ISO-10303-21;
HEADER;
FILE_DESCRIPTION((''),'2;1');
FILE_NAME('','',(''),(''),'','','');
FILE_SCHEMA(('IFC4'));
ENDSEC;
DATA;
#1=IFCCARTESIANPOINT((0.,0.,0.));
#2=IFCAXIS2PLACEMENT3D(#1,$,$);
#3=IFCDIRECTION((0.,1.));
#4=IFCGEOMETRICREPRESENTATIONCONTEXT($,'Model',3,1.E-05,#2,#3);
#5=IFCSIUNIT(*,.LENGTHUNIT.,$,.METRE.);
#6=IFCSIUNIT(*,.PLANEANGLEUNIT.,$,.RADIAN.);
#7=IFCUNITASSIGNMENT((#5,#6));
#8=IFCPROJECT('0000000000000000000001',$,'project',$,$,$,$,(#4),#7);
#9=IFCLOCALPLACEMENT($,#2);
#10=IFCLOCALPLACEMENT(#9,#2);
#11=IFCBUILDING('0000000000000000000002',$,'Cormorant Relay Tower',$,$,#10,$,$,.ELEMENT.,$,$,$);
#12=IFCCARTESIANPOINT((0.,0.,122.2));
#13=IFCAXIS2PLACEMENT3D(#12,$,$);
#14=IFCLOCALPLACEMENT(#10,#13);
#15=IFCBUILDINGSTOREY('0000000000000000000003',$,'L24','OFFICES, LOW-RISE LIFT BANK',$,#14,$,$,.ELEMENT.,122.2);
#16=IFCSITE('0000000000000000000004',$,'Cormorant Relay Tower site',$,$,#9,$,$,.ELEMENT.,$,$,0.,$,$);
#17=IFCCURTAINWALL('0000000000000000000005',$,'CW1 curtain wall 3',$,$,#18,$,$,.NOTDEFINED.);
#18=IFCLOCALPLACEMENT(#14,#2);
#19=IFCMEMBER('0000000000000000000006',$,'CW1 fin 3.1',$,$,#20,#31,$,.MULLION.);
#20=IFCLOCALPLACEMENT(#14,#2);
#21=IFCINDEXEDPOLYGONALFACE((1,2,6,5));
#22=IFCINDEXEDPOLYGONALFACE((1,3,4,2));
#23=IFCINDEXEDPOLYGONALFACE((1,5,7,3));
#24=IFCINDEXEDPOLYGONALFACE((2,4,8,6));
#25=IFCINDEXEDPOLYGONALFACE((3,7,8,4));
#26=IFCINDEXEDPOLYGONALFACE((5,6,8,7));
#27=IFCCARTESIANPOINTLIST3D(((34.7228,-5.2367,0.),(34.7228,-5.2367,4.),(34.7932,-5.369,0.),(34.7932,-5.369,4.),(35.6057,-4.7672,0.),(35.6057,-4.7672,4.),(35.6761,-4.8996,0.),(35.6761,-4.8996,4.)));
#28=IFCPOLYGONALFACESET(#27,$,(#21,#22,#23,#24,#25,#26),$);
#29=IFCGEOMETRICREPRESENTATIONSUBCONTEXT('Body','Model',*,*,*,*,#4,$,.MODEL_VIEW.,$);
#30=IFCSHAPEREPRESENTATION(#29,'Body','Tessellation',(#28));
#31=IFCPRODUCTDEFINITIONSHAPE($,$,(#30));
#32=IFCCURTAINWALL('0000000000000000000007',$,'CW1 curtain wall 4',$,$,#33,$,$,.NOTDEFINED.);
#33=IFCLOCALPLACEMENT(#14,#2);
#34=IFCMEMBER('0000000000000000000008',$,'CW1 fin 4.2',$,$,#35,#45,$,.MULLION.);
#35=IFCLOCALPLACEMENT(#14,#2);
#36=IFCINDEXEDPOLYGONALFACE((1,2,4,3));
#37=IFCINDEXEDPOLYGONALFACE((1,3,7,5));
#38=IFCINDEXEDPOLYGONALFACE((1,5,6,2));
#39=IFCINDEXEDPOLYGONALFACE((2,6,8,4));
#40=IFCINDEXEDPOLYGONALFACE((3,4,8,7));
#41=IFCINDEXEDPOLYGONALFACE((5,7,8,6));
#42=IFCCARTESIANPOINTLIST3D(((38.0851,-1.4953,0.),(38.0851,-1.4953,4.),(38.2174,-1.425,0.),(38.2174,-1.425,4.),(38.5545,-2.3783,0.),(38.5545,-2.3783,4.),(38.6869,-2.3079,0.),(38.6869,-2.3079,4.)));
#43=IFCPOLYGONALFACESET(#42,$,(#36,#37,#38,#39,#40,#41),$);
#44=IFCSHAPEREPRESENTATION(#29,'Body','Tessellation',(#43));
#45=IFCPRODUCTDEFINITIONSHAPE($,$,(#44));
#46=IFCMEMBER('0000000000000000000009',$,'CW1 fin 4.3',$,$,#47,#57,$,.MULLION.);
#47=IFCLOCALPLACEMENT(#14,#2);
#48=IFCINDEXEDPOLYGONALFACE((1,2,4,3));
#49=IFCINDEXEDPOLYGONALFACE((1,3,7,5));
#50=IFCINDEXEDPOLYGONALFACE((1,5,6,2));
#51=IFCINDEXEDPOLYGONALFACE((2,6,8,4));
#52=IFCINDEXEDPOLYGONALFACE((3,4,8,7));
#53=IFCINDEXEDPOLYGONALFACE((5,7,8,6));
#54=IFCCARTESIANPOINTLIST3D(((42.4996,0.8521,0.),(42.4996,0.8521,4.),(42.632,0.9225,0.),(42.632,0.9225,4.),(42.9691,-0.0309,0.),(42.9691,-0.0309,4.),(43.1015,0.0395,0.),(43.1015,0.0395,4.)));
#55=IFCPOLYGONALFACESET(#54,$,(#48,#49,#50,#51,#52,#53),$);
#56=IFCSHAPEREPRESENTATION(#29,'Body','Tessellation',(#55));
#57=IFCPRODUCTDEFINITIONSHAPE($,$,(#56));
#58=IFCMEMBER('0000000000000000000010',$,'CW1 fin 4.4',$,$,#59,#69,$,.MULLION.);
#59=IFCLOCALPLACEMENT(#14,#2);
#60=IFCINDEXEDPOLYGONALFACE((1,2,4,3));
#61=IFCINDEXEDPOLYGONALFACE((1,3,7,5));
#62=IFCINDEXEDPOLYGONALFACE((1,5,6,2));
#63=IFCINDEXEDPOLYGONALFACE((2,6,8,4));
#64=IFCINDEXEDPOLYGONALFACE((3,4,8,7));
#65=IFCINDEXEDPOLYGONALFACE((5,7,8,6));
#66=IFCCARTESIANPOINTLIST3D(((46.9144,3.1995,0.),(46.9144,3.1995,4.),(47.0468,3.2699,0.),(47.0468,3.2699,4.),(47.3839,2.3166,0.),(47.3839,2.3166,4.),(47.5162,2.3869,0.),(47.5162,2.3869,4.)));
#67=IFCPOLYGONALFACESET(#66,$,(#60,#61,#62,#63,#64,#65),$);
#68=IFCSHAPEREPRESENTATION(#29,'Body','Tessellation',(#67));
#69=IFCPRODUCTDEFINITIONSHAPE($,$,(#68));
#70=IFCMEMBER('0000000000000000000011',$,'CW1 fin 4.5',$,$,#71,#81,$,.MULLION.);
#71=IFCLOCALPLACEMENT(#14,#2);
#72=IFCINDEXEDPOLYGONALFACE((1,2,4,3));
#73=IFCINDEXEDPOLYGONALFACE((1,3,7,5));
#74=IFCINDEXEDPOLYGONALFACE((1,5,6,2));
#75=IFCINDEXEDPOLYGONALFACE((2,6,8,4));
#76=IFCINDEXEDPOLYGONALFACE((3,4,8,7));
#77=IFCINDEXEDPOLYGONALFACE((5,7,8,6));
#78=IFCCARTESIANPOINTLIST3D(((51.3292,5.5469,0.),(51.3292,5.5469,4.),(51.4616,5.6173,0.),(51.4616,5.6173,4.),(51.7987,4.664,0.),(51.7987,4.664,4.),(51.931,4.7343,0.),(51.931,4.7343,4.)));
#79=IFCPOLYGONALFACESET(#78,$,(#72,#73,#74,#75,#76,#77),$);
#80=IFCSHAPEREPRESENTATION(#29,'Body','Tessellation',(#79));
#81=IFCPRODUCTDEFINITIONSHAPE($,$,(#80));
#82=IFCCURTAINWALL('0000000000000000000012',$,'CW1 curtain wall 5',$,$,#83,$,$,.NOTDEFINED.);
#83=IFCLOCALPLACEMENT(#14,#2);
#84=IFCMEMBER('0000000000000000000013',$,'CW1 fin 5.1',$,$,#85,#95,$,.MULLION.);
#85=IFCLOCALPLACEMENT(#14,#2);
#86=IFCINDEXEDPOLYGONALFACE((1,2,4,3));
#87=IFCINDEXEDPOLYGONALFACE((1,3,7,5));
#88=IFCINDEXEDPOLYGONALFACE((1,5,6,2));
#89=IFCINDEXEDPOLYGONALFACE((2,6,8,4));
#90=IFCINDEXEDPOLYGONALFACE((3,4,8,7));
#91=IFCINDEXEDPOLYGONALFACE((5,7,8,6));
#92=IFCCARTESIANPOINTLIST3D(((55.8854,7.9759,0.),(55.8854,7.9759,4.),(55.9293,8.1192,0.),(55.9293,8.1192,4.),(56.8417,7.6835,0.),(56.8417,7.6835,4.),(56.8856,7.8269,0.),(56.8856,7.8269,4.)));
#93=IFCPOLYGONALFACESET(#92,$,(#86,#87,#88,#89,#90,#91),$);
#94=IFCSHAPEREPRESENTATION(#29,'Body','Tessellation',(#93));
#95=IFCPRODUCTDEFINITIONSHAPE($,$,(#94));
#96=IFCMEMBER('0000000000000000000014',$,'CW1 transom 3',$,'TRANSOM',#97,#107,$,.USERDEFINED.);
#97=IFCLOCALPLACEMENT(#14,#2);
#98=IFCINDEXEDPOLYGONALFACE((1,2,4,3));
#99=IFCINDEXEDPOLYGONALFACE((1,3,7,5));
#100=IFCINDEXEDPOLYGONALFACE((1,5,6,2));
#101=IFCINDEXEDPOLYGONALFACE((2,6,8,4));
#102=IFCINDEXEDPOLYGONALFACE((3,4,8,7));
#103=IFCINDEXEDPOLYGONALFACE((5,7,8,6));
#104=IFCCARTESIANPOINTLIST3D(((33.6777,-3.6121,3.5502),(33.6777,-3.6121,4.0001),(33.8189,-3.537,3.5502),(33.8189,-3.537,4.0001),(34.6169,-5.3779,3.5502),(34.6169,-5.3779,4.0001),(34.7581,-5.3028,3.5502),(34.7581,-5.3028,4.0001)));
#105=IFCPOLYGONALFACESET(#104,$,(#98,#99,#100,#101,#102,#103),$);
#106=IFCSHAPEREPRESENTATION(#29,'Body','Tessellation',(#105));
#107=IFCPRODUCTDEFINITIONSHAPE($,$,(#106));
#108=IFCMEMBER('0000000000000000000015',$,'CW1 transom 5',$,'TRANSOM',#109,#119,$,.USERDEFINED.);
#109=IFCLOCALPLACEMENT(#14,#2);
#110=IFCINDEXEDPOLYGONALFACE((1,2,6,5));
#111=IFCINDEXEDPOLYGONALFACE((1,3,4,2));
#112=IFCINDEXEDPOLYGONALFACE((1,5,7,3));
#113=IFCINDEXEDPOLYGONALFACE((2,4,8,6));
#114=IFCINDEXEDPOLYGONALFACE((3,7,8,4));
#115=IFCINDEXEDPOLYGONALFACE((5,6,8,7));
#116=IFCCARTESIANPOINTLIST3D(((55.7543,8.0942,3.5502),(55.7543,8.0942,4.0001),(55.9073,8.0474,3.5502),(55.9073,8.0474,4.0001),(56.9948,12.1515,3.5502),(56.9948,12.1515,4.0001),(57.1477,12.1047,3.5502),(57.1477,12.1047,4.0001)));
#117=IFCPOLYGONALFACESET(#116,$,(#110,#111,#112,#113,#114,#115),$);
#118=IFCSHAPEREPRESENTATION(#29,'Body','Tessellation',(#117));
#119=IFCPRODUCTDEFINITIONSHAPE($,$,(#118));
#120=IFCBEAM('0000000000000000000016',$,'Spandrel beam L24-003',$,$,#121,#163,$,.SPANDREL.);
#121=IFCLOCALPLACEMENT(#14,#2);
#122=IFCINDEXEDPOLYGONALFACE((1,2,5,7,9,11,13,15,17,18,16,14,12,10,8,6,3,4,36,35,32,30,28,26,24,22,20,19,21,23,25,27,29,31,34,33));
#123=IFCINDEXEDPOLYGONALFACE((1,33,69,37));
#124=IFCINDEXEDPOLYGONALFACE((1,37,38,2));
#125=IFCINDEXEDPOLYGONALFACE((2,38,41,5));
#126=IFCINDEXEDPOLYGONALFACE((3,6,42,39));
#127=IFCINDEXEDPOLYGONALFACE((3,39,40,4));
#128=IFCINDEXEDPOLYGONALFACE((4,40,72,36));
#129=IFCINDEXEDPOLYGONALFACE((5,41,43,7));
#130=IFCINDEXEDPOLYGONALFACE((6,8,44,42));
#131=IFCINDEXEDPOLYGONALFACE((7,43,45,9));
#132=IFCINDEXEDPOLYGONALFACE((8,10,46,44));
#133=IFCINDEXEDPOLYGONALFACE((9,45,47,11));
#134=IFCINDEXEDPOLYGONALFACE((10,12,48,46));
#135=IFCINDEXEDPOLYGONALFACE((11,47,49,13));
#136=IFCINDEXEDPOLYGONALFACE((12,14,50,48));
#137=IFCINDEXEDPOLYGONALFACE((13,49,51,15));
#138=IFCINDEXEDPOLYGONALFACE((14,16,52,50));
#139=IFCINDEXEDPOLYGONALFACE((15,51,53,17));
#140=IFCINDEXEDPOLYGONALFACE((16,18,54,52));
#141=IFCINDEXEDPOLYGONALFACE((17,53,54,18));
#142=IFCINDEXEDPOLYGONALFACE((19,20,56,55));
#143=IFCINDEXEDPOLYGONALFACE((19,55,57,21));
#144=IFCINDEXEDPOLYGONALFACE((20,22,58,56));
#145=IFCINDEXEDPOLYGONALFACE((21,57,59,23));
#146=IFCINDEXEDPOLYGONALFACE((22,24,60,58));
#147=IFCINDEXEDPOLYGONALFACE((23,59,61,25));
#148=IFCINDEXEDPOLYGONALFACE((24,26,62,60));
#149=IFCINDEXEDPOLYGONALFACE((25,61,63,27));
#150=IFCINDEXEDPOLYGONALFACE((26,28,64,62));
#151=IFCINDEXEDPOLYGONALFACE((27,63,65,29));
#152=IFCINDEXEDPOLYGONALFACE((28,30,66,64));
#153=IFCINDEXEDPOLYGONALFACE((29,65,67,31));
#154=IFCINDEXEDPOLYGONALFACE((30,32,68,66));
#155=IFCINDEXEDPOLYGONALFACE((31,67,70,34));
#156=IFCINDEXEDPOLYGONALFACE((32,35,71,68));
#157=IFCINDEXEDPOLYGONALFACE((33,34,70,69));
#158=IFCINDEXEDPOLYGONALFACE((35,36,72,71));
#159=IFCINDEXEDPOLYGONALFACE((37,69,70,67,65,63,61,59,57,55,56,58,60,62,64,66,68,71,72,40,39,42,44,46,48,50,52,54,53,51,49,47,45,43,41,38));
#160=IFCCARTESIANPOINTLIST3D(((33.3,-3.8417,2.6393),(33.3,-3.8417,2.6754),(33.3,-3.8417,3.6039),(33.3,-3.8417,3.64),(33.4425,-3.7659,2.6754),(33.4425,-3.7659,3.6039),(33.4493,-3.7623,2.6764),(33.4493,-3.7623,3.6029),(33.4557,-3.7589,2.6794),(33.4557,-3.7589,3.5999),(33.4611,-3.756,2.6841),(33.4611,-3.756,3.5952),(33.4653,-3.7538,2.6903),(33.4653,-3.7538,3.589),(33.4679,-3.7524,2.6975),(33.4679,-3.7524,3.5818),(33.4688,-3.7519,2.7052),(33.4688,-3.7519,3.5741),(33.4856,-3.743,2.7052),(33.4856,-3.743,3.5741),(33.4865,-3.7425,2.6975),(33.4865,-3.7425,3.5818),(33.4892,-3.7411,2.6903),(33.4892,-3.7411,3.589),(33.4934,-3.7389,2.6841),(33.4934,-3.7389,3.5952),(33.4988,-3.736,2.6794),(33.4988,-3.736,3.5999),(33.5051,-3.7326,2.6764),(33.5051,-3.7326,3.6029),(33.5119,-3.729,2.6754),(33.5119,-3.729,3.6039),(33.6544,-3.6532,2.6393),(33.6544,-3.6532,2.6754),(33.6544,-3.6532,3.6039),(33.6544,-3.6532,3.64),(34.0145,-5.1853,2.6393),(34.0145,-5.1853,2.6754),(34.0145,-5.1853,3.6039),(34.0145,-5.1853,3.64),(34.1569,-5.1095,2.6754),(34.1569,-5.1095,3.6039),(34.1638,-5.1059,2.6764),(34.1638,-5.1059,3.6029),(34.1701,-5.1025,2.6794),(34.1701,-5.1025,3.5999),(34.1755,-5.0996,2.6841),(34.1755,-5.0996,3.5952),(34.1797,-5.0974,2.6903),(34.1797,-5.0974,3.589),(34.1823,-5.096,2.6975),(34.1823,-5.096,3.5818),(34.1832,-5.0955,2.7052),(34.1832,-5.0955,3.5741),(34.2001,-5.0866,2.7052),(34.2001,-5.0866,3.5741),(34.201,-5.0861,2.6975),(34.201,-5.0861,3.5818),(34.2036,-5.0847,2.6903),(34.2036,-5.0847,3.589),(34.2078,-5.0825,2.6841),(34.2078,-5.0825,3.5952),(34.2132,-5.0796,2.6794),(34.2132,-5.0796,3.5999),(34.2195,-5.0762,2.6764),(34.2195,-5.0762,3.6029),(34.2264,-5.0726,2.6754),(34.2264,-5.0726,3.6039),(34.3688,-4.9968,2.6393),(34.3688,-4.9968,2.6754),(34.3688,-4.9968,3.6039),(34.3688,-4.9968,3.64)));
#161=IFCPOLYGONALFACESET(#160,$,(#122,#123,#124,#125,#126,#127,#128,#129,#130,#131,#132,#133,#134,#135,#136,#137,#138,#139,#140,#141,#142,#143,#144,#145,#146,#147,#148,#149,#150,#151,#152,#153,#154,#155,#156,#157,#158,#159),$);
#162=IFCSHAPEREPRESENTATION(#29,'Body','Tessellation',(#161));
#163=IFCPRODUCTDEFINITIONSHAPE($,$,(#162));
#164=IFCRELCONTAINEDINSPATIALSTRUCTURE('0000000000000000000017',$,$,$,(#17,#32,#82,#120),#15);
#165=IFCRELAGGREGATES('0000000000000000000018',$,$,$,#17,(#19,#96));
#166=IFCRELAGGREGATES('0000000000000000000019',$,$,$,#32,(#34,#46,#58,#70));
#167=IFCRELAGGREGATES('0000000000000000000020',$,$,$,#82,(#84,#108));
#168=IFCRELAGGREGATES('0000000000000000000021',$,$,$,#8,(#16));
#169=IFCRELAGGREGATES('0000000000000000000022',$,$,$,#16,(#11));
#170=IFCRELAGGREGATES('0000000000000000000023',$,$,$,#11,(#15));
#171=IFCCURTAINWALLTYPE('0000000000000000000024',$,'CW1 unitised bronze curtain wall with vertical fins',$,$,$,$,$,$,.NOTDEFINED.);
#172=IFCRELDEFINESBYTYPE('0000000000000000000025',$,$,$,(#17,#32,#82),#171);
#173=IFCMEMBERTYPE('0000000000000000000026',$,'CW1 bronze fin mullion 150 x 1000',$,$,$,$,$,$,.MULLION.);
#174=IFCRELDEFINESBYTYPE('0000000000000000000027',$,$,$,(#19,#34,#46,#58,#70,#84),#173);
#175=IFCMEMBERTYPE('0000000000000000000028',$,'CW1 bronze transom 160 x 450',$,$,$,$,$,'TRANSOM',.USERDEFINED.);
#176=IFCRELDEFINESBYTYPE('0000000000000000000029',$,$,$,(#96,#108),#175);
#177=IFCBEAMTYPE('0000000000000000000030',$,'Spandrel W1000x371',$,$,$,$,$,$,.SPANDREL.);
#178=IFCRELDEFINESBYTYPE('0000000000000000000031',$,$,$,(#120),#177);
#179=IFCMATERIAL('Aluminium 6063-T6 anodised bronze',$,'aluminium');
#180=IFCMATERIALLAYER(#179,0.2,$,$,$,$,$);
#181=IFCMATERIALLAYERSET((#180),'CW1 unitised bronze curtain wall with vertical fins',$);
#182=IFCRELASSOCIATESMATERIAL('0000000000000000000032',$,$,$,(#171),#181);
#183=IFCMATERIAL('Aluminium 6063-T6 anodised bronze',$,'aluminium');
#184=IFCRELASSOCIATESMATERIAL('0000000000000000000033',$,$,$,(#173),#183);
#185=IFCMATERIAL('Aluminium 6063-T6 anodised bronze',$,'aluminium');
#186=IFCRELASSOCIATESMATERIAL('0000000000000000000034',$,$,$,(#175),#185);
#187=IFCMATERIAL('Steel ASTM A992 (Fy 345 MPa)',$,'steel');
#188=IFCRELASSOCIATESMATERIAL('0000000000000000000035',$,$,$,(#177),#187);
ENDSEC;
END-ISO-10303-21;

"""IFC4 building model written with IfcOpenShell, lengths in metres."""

from ifc_helpers import new_model, si_unit, direction, frame, origin, origin_2d, place, context, subcontext, project, spatial, rectangle, i_section, extrude, material, layer, layer_set, material_profile, profile_set, type_object, element, aggregate, save


model = new_model("IFC4")

# Units and contexts
model_context = context("Model", 3, precision=1e-05, world=origin(), true_north=direction((0.0, 1.0)))
body_context = subcontext(model_context, "Body", "Model", "MODEL_VIEW")
ifc_project = project(units=[si_unit("LENGTHUNIT", "METRE"), si_unit("PLANEANGLEUNIT", "RADIAN")], contexts=[model_context])

# Site, building, storey
site_placement = place(None, origin())
site = spatial("IfcSite", under=ifc_project, at=site_placement, Name="Cormorant Relay Tower site", CompositionType="ELEMENT", RefElevation=0.0)
building_placement = place(site_placement, origin())
building = spatial("IfcBuilding", under=site, at=building_placement, Name="Cormorant Relay Tower", CompositionType="ELEMENT")
storey_placement = place(building_placement, frame((0.0, 0.0, 122.2)))
storey = spatial("IfcBuildingStorey", under=building, at=storey_placement, Name="L24", Description="OFFICES, LOW-RISE LIFT BANK", CompositionType="ELEMENT", Elevation=122.2)

# Curtain wall, member
ifc_material_1 = material(Name="Aluminium 6063-T6 anodised bronze", Category="aluminium")
ifc_layer_1 = layer(ifc_material_1, 0.2)
ifc_layer_set_1 = layer_set([ifc_layer_1], Name="CW1 unitised bronze curtain wall with vertical fins")
curtain_wall_type = type_object("IfcCurtainWallType", Name="CW1 unitised bronze curtain wall with vertical fins", PredefinedType="NOTDEFINED", material=ifc_layer_set_1)
curtain_wall_1_placement = place(storey_placement, origin())
curtain_wall_1 = element("IfcCurtainWall", 1, at=curtain_wall_1_placement, inside=storey, type_object=curtain_wall_type, Name="CW1 curtain wall 3", PredefinedType="NOTDEFINED")
ifc_material_2 = material(Name="Aluminium 6063-T6 anodised bronze", Category="aluminium")
ifc_material_profile_1 = material_profile(ifc_material_2, rectangle(XDim=0.1499, YDim=1.0, at=origin_2d()), Name="AL 150x1000")
ifc_profile_set_1 = profile_set([ifc_material_profile_1], Name="Aluminium 6063-T6 anodised bronze")
member_type_1 = type_object("IfcMemberType", Name="CW1 bronze fin mullion 150 x 1000", PredefinedType="MULLION", material=ifc_profile_set_1)
member_1_placement = place(storey_placement, frame((35.1995, -5.0681, 0.0), z_axis=(0.0, 0.0, 1.0), x_axis=(-0.469472, 0.882948, 0.0)))
member_1 = element("IfcMember", 2, at=member_1_placement, type_object=member_type_1, Name="CW1 fin 3.1", PredefinedType="MULLION", context=body_context, shape_type="SweptSolid", body=[
    extrude(rectangle(XDim=0.1499, YDim=1.0, at=origin_2d()), origin(), (0.0, 0.0, 1.0), 4.0),
])

# Curtain wall, members
curtain_wall_2_placement = place(storey_placement, origin())
curtain_wall_2 = element("IfcCurtainWall", 3, at=curtain_wall_2_placement, inside=storey, type_object=curtain_wall_type, Name="CW1 curtain wall 4", PredefinedType="NOTDEFINED")
member_2_placement = place(storey_placement, frame((38.386, -1.9016, 0.0), z_axis=(0.0, 0.0, 1.0), x_axis=(0.882948, 0.469472, 0.0)))
member_2 = element("IfcMember", 4, at=member_2_placement, type_object=member_type_1, Name="CW1 fin 4.2", PredefinedType="MULLION", context=body_context, shape_type="SweptSolid", body=[
    extrude(rectangle(XDim=0.1499, YDim=1.0, at=origin_2d()), origin(), (0.0, 0.0, 1.0), 4.0),
])
member_3_placement = place(storey_placement, frame((42.8005, 0.4458, 0.0), z_axis=(0.0, 0.0, 1.0), x_axis=(0.882948, 0.469472, 0.0)))
member_3 = element("IfcMember", 5, at=member_3_placement, type_object=member_type_1, Name="CW1 fin 4.3", PredefinedType="MULLION", context=body_context, shape_type="SweptSolid", body=[
    extrude(rectangle(XDim=0.1499, YDim=1.0, at=origin_2d()), origin(), (0.0, 0.0, 1.0), 4.0),
])
member_4_placement = place(storey_placement, frame((47.2153, 2.7932, 0.0), z_axis=(0.0, 0.0, 1.0), x_axis=(0.882948, 0.469472, 0.0)))
member_4 = element("IfcMember", 6, at=member_4_placement, type_object=member_type_1, Name="CW1 fin 4.4", PredefinedType="MULLION", context=body_context, shape_type="SweptSolid", body=[
    extrude(rectangle(XDim=0.1499, YDim=1.0, at=origin_2d()), origin(), (0.0, 0.0, 1.0), 4.0),
])
member_5_placement = place(storey_placement, frame((51.6301, 5.1406, 0.0), z_axis=(0.0, 0.0, 1.0), x_axis=(0.882948, 0.469472, 0.0)))
member_5 = element("IfcMember", 7, at=member_5_placement, type_object=member_type_1, Name="CW1 fin 4.5", PredefinedType="MULLION", context=body_context, shape_type="SweptSolid", body=[
    extrude(rectangle(XDim=0.1499, YDim=1.0, at=origin_2d()), origin(), (0.0, 0.0, 1.0), 4.0),
])

# Curtain wall, member
curtain_wall_3_placement = place(storey_placement, origin())
curtain_wall_3 = element("IfcCurtainWall", 8, at=curtain_wall_3_placement, inside=storey, type_object=curtain_wall_type, Name="CW1 curtain wall 5", PredefinedType="NOTDEFINED")
member_6_placement = place(storey_placement, frame((56.3855, 7.9014, 0.0), z_axis=(0.0, 0.0, 1.0), x_axis=(0.292372, 0.956305, 0.0)))
member_6 = element("IfcMember", 9, at=member_6_placement, type_object=member_type_1, Name="CW1 fin 5.1", PredefinedType="MULLION", context=body_context, shape_type="SweptSolid", body=[
    extrude(rectangle(XDim=0.1499, YDim=1.0, at=origin_2d()), origin(), (0.0, 0.0, 1.0), 4.0),
])

# Members
ifc_material_3 = material(Name="Aluminium 6063-T6 anodised bronze", Category="aluminium")
ifc_material_profile_2 = material_profile(ifc_material_3, rectangle(XDim=0.1599, YDim=0.45, at=origin_2d()), Name="AL 160x450")
ifc_profile_set_2 = profile_set([ifc_material_profile_2], Name="Aluminium 6063-T6 anodised bronze")
member_type_2 = type_object("IfcMemberType", Name="CW1 bronze transom 160 x 450", ElementType="TRANSOM", PredefinedType="USERDEFINED", material=ifc_profile_set_2)
member_7_placement = place(storey_placement, frame((34.6875, -5.3403, 3.7751), z_axis=(-0.469581, 0.88289, 0.0), x_axis=(-0.88289, -0.469581, 0.0)))
member_7 = element("IfcMember", 10, at=member_7_placement, type_object=member_type_2, Name="CW1 transom 3", ObjectType="TRANSOM", PredefinedType="USERDEFINED", context=body_context, shape_type="SweptSolid", body=[
    extrude(rectangle(XDim=0.1599, YDim=0.45, at=origin_2d()), origin(), (0.0, 0.0, 1.0), 2.0),
])
aggregate(curtain_wall_1, [member_1, member_7])
member_8_placement = place(storey_placement, frame((55.8308, 8.0708, 3.7751), z_axis=(0.292375, 0.956304, 0.0), x_axis=(-0.956304, 0.292375, 0.0)))
member_8 = element("IfcMember", 11, at=member_8_placement, type_object=member_type_2, Name="CW1 transom 5", ObjectType="TRANSOM", PredefinedType="USERDEFINED", context=body_context, shape_type="SweptSolid", body=[
    extrude(rectangle(XDim=0.1599, YDim=0.45, at=origin_2d()), origin(), (0.0, 0.0, 1.0), 4.2427),
])

# Beam
ifc_material_4 = material(Name="Steel ASTM A992 (Fy 345 MPa)", Category="steel")
ifc_material_profile_3 = material_profile(ifc_material_4, i_section(OverallWidth=0.4014, OverallDepth=1.0007, WebThickness=0.019, FlangeThickness=0.0361, FilletRadius=0.0298, at=origin_2d()), Name="W1000x371")
ifc_profile_set_3 = profile_set([ifc_material_profile_3], Name="Steel ASTM A992 (Fy 345 MPa)")
beam_type = type_object("IfcBeamType", Name="Spandrel W1000x371", PredefinedType="SPANDREL", material=ifc_profile_set_3)
beam_1_placement = place(storey_placement, frame((34.1917, -5.0911, 3.1396), z_axis=(-0.469472, 0.882947, 0.0), x_axis=(-0.882947, -0.469472, 0.0)))
element("IfcBeam", 12, at=beam_1_placement, inside=storey, type_object=beam_type, Name="Spandrel beam L24-003", PredefinedType="SPANDREL", context=body_context, shape_type="SweptSolid", body=[
    extrude(i_section(OverallWidth=0.4014, OverallDepth=1.0007, WebThickness=0.019, FlangeThickness=0.0361, FilletRadius=0.0298, at=origin_2d()), origin(), (0.0, 0.0, 1.0), 1.5217),
])

aggregate(curtain_wall_2, [member_2, member_3, member_4, member_5])
aggregate(curtain_wall_3, [member_6, member_8])

save(model, "model.ifc")
